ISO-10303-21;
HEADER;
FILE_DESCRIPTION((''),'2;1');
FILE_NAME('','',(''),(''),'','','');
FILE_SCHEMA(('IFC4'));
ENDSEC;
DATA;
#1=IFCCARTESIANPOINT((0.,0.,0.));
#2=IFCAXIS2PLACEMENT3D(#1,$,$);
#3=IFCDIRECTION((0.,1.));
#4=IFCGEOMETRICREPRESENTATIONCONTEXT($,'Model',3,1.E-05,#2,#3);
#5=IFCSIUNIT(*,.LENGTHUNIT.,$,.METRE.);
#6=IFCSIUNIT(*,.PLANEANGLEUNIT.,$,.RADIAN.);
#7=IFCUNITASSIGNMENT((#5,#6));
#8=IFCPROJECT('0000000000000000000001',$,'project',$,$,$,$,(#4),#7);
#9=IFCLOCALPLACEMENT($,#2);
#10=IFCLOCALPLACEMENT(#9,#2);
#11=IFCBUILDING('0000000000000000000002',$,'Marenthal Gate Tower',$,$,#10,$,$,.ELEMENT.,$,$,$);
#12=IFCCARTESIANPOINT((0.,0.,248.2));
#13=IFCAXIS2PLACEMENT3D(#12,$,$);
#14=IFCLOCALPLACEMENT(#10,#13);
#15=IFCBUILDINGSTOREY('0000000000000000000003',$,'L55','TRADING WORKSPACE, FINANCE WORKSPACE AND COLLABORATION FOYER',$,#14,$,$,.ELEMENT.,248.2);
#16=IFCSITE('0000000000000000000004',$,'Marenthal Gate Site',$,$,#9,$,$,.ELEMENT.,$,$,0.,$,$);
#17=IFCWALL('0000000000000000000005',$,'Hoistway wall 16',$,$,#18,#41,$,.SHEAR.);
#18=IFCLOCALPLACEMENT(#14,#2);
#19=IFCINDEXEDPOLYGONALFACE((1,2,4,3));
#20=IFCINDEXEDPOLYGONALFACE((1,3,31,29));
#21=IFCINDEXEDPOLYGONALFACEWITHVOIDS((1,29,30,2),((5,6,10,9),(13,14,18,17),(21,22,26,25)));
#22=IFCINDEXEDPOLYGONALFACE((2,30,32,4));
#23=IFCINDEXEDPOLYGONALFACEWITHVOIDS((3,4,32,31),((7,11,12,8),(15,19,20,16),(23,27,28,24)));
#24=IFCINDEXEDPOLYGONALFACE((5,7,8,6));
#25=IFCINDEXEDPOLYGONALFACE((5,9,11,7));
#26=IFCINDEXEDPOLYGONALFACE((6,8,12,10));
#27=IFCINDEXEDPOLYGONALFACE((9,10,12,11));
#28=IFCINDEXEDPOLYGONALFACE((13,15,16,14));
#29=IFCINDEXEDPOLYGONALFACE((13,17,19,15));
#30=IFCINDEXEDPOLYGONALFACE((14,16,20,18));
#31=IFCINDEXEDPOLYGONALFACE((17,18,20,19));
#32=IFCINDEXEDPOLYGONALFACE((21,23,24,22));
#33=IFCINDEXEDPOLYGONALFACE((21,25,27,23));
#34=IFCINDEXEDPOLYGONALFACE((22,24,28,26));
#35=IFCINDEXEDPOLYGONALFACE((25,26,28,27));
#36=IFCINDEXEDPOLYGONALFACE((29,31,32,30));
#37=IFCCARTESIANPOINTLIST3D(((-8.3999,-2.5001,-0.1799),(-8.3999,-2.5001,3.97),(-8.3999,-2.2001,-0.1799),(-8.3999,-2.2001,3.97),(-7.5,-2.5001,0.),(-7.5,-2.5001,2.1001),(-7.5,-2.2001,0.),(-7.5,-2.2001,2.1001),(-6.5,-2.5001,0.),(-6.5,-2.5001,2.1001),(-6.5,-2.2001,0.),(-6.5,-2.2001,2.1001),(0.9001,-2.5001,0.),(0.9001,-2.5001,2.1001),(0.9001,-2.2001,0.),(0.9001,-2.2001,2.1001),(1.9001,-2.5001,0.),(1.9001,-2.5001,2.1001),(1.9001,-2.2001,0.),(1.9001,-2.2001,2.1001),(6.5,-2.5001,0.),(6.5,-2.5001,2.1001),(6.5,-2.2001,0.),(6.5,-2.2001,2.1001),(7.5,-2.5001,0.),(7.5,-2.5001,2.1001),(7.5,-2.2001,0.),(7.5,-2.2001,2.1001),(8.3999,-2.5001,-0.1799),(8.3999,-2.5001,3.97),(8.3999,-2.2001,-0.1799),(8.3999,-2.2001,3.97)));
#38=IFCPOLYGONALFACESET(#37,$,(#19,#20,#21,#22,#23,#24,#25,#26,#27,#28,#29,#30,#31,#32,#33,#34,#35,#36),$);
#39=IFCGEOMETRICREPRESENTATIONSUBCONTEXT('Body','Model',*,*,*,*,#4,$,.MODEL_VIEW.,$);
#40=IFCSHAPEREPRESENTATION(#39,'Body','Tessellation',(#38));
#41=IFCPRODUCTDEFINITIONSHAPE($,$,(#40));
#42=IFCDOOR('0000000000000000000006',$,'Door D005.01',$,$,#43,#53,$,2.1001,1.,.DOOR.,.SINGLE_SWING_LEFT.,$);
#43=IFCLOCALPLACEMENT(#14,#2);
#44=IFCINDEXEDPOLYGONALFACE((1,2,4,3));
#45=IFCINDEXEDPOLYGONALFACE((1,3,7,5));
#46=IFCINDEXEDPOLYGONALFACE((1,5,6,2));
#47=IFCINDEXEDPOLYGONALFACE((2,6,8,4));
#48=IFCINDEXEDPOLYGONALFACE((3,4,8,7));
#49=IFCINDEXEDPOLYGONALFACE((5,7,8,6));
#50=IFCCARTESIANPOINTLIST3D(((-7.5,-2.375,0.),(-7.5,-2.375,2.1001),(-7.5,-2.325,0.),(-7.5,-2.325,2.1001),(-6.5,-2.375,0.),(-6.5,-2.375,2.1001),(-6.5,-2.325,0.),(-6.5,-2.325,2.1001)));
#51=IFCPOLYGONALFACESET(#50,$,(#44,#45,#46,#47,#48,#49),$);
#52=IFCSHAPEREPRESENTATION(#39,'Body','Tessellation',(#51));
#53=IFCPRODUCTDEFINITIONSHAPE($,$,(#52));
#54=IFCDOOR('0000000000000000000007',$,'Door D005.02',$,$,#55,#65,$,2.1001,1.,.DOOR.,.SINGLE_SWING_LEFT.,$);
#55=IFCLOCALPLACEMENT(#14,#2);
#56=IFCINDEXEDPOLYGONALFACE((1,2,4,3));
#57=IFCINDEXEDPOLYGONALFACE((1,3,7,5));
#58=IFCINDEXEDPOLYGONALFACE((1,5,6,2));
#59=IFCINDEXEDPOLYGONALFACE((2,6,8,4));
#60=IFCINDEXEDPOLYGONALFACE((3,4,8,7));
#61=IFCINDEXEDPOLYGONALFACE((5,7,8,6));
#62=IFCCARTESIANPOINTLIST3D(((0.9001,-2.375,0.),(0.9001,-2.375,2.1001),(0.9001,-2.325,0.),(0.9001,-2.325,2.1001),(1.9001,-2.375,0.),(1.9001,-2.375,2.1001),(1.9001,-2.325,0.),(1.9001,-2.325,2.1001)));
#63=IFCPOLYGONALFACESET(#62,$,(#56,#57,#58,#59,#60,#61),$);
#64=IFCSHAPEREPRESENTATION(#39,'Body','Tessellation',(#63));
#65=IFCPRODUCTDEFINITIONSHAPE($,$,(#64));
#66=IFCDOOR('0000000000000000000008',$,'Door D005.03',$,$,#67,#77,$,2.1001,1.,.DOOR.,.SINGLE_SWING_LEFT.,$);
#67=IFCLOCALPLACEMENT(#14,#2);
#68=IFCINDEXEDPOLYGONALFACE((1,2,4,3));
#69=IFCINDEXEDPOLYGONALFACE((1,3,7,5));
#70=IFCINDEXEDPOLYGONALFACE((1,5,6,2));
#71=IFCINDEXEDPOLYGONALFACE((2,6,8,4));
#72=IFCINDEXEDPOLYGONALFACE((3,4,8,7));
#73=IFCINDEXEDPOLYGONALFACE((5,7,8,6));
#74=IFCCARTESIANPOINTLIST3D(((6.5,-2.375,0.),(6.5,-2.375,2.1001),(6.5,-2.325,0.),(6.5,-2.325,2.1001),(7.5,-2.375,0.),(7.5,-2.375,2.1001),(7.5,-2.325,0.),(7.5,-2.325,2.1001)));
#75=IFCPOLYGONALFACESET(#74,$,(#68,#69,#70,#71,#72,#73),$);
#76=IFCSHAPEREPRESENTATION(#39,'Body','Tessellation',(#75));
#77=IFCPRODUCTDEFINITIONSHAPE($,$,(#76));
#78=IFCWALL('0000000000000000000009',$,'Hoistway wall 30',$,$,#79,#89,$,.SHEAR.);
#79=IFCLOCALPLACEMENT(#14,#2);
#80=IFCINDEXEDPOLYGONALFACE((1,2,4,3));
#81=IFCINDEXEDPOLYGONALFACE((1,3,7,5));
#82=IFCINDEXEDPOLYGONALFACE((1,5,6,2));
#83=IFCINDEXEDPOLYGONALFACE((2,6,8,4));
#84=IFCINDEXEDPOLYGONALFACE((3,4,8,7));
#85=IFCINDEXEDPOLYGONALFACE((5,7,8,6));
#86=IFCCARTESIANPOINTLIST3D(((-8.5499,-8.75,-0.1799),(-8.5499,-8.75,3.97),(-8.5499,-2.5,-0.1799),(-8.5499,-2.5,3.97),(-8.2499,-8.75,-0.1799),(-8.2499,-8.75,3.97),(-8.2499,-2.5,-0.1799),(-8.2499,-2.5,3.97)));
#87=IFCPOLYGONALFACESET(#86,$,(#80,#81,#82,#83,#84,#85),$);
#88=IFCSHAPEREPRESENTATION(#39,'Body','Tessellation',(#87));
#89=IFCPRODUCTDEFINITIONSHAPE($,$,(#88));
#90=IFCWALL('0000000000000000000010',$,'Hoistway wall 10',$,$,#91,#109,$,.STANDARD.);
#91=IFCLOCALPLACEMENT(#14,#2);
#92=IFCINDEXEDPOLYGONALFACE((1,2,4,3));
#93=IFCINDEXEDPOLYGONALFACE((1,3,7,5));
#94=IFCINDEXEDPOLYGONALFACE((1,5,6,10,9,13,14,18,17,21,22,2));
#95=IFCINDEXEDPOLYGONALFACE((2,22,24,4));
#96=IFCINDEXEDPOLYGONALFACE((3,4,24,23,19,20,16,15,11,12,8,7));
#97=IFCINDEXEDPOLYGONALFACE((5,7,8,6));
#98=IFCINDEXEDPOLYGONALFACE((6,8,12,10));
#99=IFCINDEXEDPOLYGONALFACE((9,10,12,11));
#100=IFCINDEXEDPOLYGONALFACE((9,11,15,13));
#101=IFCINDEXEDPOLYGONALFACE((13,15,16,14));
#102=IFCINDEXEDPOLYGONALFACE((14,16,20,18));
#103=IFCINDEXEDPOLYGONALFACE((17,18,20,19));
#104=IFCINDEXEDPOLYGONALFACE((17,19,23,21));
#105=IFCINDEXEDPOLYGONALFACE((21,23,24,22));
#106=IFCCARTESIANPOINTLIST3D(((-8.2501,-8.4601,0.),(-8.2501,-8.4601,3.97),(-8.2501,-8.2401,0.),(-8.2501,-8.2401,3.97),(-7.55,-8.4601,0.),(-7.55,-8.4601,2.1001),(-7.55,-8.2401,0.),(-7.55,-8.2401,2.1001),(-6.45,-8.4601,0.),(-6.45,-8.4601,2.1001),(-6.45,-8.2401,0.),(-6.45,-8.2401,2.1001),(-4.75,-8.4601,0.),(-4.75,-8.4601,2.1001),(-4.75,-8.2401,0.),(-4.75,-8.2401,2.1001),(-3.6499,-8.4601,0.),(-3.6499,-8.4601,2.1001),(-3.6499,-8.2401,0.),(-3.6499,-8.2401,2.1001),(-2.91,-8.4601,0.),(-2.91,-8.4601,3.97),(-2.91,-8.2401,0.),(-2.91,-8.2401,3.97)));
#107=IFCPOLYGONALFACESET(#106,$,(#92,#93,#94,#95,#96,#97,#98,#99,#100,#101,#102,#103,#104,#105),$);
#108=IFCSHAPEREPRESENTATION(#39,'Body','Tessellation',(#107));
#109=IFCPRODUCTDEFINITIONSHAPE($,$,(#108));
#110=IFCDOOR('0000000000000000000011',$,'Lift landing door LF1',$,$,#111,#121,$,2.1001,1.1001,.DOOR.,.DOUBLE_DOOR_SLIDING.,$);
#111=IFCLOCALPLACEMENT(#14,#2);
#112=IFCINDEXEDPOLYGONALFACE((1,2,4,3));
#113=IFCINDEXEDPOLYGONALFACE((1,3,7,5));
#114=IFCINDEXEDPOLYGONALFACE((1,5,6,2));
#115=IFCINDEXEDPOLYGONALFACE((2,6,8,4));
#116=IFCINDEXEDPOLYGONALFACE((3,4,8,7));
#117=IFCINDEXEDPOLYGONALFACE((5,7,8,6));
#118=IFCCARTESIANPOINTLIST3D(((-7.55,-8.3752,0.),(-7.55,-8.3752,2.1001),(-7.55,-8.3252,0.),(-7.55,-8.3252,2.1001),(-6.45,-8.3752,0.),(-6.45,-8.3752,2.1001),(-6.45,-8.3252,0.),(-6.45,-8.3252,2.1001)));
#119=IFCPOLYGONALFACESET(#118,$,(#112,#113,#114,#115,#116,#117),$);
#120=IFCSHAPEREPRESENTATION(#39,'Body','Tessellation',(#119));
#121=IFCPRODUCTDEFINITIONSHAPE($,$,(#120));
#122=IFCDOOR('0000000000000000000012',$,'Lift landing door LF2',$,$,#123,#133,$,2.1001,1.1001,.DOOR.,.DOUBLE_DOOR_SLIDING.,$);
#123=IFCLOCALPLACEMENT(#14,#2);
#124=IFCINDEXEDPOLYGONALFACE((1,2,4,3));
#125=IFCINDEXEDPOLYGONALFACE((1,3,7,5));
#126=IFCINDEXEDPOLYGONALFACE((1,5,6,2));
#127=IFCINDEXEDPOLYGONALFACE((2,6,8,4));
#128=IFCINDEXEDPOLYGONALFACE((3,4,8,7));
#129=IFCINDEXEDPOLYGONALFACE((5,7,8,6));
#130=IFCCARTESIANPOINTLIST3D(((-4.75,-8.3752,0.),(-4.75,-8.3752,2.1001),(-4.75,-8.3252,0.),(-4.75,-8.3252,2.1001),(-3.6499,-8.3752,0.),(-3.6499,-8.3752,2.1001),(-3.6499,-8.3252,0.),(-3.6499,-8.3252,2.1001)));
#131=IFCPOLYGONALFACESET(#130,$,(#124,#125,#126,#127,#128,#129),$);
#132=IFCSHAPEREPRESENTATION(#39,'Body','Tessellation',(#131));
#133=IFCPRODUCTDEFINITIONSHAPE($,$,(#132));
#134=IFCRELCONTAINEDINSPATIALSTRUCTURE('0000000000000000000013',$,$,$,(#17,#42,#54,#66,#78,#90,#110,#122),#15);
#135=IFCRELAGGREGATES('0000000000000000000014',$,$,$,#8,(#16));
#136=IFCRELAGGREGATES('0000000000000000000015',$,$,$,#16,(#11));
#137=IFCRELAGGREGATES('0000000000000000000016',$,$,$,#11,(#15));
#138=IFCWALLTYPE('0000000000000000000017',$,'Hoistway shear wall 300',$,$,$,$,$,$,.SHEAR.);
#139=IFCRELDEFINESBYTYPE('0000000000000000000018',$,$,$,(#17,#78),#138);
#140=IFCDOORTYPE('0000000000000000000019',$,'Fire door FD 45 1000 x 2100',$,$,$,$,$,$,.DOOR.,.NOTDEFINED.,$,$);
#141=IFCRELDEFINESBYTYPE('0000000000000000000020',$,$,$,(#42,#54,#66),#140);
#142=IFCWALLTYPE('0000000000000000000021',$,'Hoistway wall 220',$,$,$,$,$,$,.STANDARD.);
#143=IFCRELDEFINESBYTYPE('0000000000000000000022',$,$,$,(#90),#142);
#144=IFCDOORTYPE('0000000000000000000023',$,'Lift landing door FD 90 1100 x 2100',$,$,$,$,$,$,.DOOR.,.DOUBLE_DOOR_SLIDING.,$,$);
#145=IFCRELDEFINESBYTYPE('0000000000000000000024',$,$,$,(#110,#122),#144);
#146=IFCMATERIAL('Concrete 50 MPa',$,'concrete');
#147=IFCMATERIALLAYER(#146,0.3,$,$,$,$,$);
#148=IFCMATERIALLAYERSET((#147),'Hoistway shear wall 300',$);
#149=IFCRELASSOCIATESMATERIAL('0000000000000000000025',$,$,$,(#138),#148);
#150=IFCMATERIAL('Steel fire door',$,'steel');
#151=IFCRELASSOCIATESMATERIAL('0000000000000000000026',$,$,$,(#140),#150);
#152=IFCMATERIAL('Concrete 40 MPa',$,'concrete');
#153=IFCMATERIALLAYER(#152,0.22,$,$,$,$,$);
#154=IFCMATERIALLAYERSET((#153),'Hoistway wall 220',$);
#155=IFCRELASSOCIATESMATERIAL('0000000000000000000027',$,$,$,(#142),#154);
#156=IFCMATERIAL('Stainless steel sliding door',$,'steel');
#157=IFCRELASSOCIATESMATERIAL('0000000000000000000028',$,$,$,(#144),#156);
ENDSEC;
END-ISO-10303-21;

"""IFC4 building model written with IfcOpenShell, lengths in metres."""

from ifc_helpers import new_model, si_unit, direction, frame, frame_2d, origin, place, context, subcontext, project, spatial, rectangle, extrude, material, layer, layer_set, type_object, element, fill, save


model = new_model("IFC4")

# Units and contexts
model_context = context("Model", 3, precision=1e-05, world=origin(), true_north=direction((0.0, 1.0)))
body_context = subcontext(model_context, "Body", "Model", "MODEL_VIEW")
ifc_project = project(units=[si_unit("LENGTHUNIT", "METRE"), si_unit("PLANEANGLEUNIT", "RADIAN")], contexts=[model_context])

# Site, building, storey
site_placement = place(None, origin())
site = spatial("IfcSite", under=ifc_project, at=site_placement, Name="Marenthal Gate Site", CompositionType="ELEMENT", RefElevation=0.0)
building_placement = place(site_placement, origin())
building = spatial("IfcBuilding", under=site, at=building_placement, Name="Marenthal Gate Tower", CompositionType="ELEMENT")
storey_placement = place(building_placement, frame((0.0, 0.0, 248.2)))
storey = spatial("IfcBuildingStorey", under=building, at=storey_placement, Name="L55", Description="TRADING WORKSPACE, FINANCE WORKSPACE AND COLLABORATION FOYER", CompositionType="ELEMENT", Elevation=248.2)

# Wall, openings, doors
ifc_material_1 = material(Name="Concrete 50 MPa", Category="concrete")
ifc_layer_1 = layer(ifc_material_1, 0.3)
ifc_layer_set_1 = layer_set([ifc_layer_1], Name="Hoistway shear wall 300")
wall_type_1 = type_object("IfcWallType", Name="Hoistway shear wall 300", PredefinedType="SHEAR", material=ifc_layer_set_1)
wall_1_placement = place(storey_placement, frame((-8.3999, -2.3501, -0.1799), z_axis=(0.0, 0.0, 1.0), x_axis=(1.0, 0.0, 0.0)))
wall_1 = element("IfcWall", 1, at=wall_1_placement, inside=storey, type_object=wall_type_1, Name="Hoistway wall 16", PredefinedType="SHEAR", context=body_context, shape_type="SweptSolid", body=[
    extrude(rectangle(XDim=16.7998, YDim=0.3, at=frame_2d((8.3999, 0.0))), origin(), (0.0, 0.0, 1.0), 4.1499),
])
opening_1_placement = place(wall_1_placement, frame((0.8999, 0.0, 0.1799)))
opening_1 = element("IfcOpeningElement", 2, at=opening_1_placement, cuts=wall_1, PredefinedType="OPENING", context=body_context, shape_type="SweptSolid", body=[
    extrude(rectangle(XDim=1.0, YDim=2.1001, at=frame_2d((0.5, 1.05))), frame((0.0, 0.1602, 0.0), z_axis=(0.0, -1.0, 0.0), x_axis=(1.0, 0.0, 0.0)), (0.0, 0.0, 1.0), 0.3201),
])
opening_2_placement = place(wall_1_placement, frame((9.3, 0.0, 0.1799)))
opening_2 = element("IfcOpeningElement", 3, at=opening_2_placement, cuts=wall_1, PredefinedType="OPENING", context=body_context, shape_type="SweptSolid", body=[
    extrude(rectangle(XDim=1.0, YDim=2.1001, at=frame_2d((0.5, 1.05))), frame((0.0, 0.1602, 0.0), z_axis=(0.0, -1.0, 0.0), x_axis=(1.0, 0.0, 0.0)), (0.0, 0.0, 1.0), 0.3201),
])
opening_3_placement = place(wall_1_placement, frame((14.8999, 0.0, 0.1799)))
opening_3 = element("IfcOpeningElement", 4, at=opening_3_placement, cuts=wall_1, PredefinedType="OPENING", context=body_context, shape_type="SweptSolid", body=[
    extrude(rectangle(XDim=1.0, YDim=2.1001, at=frame_2d((0.5, 1.05))), frame((0.0, 0.1602, 0.0), z_axis=(0.0, -1.0, 0.0), x_axis=(1.0, 0.0, 0.0)), (0.0, 0.0, 1.0), 0.3201),
])
ifc_material_2 = material(Name="Steel fire door", Category="steel")
door_type_1 = type_object("IfcDoorType", Name="Fire door FD 45 1000 x 2100", OperationType="NOTDEFINED", PredefinedType="DOOR", material=ifc_material_2)
door_1_placement = place(opening_1_placement, frame((1.0, 0.0, 0.0), z_axis=(0.0, 0.0, 1.0), x_axis=(-1.0, 0.0, 0.0)))
door_1 = element("IfcDoor", 5, at=door_1_placement, inside=storey, type_object=door_type_1, Name="Door D005.01", OperationType="SINGLE_SWING_LEFT", OverallHeight=2.1001, OverallWidth=1.0, PredefinedType="DOOR", context=body_context, shape_type="SweptSolid", body=[
    extrude(rectangle(XDim=1.0, YDim=2.1001, at=frame_2d((0.5, 1.05))), frame((0.0, 0.0249, 0.0), z_axis=(0.0, -1.0, 0.0), x_axis=(1.0, 0.0, 0.0)), (0.0, 0.0, 1.0), 0.05),
])
fill(opening_1, door_1)
door_2_placement = place(opening_2_placement, frame((1.0, 0.0, 0.0), z_axis=(0.0, 0.0, 1.0), x_axis=(-1.0, 0.0, 0.0)))
door_2 = element("IfcDoor", 6, at=door_2_placement, inside=storey, type_object=door_type_1, Name="Door D005.02", OperationType="SINGLE_SWING_LEFT", OverallHeight=2.1001, OverallWidth=1.0, PredefinedType="DOOR", context=body_context, shape_type="SweptSolid", body=[
    extrude(rectangle(XDim=1.0, YDim=2.1001, at=frame_2d((0.5, 1.05))), frame((0.0, 0.0249, 0.0), z_axis=(0.0, -1.0, 0.0), x_axis=(1.0, 0.0, 0.0)), (0.0, 0.0, 1.0), 0.05),
])
fill(opening_2, door_2)
door_3_placement = place(opening_3_placement, frame((1.0, 0.0, 0.0), z_axis=(0.0, 0.0, 1.0), x_axis=(-1.0, 0.0, 0.0)))
door_3 = element("IfcDoor", 7, at=door_3_placement, inside=storey, type_object=door_type_1, Name="Door D005.03", OperationType="SINGLE_SWING_LEFT", OverallHeight=2.1001, OverallWidth=1.0, PredefinedType="DOOR", context=body_context, shape_type="SweptSolid", body=[
    extrude(rectangle(XDim=1.0, YDim=2.1001, at=frame_2d((0.5, 1.05))), frame((0.0, 0.0249, 0.0), z_axis=(0.0, -1.0, 0.0), x_axis=(1.0, 0.0, 0.0)), (0.0, 0.0, 1.0), 0.05),
])
fill(opening_3, door_3)

# Wall
wall_2_placement = place(storey_placement, frame((-8.3999, -8.75, -0.1799), z_axis=(0.0, 0.0, 1.0), x_axis=(0.0, 1.0, 0.0)))
element("IfcWall", 8, at=wall_2_placement, inside=storey, type_object=wall_type_1, Name="Hoistway wall 30", PredefinedType="SHEAR", context=body_context, shape_type="SweptSolid", body=[
    extrude(rectangle(XDim=6.25, YDim=0.3, at=frame_2d((3.125, 0.0))), origin(), (0.0, 0.0, 1.0), 4.1499),
])

# Wall, openings, doors
ifc_material_3 = material(Name="Concrete 40 MPa", Category="concrete")
ifc_layer_2 = layer(ifc_material_3, 0.22)
ifc_layer_set_2 = layer_set([ifc_layer_2], Name="Hoistway wall 220")
wall_type_2 = type_object("IfcWallType", Name="Hoistway wall 220", PredefinedType="STANDARD", material=ifc_layer_set_2)
wall_3_placement = place(storey_placement, frame((-8.25, -8.3501, 0.0), z_axis=(0.0, 0.0, 1.0), x_axis=(1.0, 0.0, 0.0)))
wall_3 = element("IfcWall", 9, at=wall_3_placement, inside=storey, type_object=wall_type_2, Name="Hoistway wall 10", PredefinedType="STANDARD", context=body_context, shape_type="SweptSolid", body=[
    extrude(rectangle(XDim=5.3401, YDim=0.22, at=frame_2d((2.6699, 0.0))), origin(), (0.0, 0.0, 1.0), 3.97),
])
opening_4_placement = place(wall_3_placement, frame((0.7, 0.0, 0.0)))
opening_4 = element("IfcOpeningElement", 10, at=opening_4_placement, cuts=wall_3, PredefinedType="OPENING", context=body_context, shape_type="SweptSolid", body=[
    extrude(rectangle(XDim=1.1001, YDim=2.1001, at=frame_2d((0.55, 1.05))), frame((0.0, 0.1201, 0.0), z_axis=(0.0, -1.0, 0.0), x_axis=(1.0, 0.0, 0.0)), (0.0, 0.0, 1.0), 0.24),
])
opening_5_placement = place(wall_3_placement, frame((3.5, 0.0, 0.0)))
opening_5 = element("IfcOpeningElement", 11, at=opening_5_placement, cuts=wall_3, PredefinedType="OPENING", context=body_context, shape_type="SweptSolid", body=[
    extrude(rectangle(XDim=1.1001, YDim=2.1001, at=frame_2d((0.55, 1.05))), frame((0.0, 0.1201, 0.0), z_axis=(0.0, -1.0, 0.0), x_axis=(1.0, 0.0, 0.0)), (0.0, 0.0, 1.0), 0.24),
])
ifc_material_4 = material(Name="Stainless steel sliding door", Category="steel")
door_type_2 = type_object("IfcDoorType", Name="Lift landing door FD 90 1100 x 2100", OperationType="DOUBLE_DOOR_SLIDING", PredefinedType="DOOR", material=ifc_material_4)
door_4_placement = place(opening_4_placement, origin())
door_4 = element("IfcDoor", 12, at=door_4_placement, inside=storey, type_object=door_type_2, Name="Lift landing door LF1", OperationType="DOUBLE_DOOR_SLIDING", OverallHeight=2.1001, OverallWidth=1.1001, PredefinedType="DOOR", context=body_context, shape_type="SweptSolid", body=[
    extrude(rectangle(XDim=1.1001, YDim=2.1001, at=frame_2d((0.55, 1.05))), frame((0.0, 0.0249, 0.0), z_axis=(0.0, -1.0, 0.0), x_axis=(1.0, 0.0, 0.0)), (0.0, 0.0, 1.0), 0.05),
])
fill(opening_4, door_4)
door_5_placement = place(opening_5_placement, origin())
door_5 = element("IfcDoor", 13, at=door_5_placement, inside=storey, type_object=door_type_2, Name="Lift landing door LF2", OperationType="DOUBLE_DOOR_SLIDING", OverallHeight=2.1001, OverallWidth=1.1001, PredefinedType="DOOR", context=body_context, shape_type="SweptSolid", body=[
    extrude(rectangle(XDim=1.1001, YDim=2.1001, at=frame_2d((0.55, 1.05))), frame((0.0, 0.0249, 0.0), z_axis=(0.0, -1.0, 0.0), x_axis=(1.0, 0.0, 0.0)), (0.0, 0.0, 1.0), 0.05),
])
fill(opening_5, door_5)

save(model, "model.ifc")
